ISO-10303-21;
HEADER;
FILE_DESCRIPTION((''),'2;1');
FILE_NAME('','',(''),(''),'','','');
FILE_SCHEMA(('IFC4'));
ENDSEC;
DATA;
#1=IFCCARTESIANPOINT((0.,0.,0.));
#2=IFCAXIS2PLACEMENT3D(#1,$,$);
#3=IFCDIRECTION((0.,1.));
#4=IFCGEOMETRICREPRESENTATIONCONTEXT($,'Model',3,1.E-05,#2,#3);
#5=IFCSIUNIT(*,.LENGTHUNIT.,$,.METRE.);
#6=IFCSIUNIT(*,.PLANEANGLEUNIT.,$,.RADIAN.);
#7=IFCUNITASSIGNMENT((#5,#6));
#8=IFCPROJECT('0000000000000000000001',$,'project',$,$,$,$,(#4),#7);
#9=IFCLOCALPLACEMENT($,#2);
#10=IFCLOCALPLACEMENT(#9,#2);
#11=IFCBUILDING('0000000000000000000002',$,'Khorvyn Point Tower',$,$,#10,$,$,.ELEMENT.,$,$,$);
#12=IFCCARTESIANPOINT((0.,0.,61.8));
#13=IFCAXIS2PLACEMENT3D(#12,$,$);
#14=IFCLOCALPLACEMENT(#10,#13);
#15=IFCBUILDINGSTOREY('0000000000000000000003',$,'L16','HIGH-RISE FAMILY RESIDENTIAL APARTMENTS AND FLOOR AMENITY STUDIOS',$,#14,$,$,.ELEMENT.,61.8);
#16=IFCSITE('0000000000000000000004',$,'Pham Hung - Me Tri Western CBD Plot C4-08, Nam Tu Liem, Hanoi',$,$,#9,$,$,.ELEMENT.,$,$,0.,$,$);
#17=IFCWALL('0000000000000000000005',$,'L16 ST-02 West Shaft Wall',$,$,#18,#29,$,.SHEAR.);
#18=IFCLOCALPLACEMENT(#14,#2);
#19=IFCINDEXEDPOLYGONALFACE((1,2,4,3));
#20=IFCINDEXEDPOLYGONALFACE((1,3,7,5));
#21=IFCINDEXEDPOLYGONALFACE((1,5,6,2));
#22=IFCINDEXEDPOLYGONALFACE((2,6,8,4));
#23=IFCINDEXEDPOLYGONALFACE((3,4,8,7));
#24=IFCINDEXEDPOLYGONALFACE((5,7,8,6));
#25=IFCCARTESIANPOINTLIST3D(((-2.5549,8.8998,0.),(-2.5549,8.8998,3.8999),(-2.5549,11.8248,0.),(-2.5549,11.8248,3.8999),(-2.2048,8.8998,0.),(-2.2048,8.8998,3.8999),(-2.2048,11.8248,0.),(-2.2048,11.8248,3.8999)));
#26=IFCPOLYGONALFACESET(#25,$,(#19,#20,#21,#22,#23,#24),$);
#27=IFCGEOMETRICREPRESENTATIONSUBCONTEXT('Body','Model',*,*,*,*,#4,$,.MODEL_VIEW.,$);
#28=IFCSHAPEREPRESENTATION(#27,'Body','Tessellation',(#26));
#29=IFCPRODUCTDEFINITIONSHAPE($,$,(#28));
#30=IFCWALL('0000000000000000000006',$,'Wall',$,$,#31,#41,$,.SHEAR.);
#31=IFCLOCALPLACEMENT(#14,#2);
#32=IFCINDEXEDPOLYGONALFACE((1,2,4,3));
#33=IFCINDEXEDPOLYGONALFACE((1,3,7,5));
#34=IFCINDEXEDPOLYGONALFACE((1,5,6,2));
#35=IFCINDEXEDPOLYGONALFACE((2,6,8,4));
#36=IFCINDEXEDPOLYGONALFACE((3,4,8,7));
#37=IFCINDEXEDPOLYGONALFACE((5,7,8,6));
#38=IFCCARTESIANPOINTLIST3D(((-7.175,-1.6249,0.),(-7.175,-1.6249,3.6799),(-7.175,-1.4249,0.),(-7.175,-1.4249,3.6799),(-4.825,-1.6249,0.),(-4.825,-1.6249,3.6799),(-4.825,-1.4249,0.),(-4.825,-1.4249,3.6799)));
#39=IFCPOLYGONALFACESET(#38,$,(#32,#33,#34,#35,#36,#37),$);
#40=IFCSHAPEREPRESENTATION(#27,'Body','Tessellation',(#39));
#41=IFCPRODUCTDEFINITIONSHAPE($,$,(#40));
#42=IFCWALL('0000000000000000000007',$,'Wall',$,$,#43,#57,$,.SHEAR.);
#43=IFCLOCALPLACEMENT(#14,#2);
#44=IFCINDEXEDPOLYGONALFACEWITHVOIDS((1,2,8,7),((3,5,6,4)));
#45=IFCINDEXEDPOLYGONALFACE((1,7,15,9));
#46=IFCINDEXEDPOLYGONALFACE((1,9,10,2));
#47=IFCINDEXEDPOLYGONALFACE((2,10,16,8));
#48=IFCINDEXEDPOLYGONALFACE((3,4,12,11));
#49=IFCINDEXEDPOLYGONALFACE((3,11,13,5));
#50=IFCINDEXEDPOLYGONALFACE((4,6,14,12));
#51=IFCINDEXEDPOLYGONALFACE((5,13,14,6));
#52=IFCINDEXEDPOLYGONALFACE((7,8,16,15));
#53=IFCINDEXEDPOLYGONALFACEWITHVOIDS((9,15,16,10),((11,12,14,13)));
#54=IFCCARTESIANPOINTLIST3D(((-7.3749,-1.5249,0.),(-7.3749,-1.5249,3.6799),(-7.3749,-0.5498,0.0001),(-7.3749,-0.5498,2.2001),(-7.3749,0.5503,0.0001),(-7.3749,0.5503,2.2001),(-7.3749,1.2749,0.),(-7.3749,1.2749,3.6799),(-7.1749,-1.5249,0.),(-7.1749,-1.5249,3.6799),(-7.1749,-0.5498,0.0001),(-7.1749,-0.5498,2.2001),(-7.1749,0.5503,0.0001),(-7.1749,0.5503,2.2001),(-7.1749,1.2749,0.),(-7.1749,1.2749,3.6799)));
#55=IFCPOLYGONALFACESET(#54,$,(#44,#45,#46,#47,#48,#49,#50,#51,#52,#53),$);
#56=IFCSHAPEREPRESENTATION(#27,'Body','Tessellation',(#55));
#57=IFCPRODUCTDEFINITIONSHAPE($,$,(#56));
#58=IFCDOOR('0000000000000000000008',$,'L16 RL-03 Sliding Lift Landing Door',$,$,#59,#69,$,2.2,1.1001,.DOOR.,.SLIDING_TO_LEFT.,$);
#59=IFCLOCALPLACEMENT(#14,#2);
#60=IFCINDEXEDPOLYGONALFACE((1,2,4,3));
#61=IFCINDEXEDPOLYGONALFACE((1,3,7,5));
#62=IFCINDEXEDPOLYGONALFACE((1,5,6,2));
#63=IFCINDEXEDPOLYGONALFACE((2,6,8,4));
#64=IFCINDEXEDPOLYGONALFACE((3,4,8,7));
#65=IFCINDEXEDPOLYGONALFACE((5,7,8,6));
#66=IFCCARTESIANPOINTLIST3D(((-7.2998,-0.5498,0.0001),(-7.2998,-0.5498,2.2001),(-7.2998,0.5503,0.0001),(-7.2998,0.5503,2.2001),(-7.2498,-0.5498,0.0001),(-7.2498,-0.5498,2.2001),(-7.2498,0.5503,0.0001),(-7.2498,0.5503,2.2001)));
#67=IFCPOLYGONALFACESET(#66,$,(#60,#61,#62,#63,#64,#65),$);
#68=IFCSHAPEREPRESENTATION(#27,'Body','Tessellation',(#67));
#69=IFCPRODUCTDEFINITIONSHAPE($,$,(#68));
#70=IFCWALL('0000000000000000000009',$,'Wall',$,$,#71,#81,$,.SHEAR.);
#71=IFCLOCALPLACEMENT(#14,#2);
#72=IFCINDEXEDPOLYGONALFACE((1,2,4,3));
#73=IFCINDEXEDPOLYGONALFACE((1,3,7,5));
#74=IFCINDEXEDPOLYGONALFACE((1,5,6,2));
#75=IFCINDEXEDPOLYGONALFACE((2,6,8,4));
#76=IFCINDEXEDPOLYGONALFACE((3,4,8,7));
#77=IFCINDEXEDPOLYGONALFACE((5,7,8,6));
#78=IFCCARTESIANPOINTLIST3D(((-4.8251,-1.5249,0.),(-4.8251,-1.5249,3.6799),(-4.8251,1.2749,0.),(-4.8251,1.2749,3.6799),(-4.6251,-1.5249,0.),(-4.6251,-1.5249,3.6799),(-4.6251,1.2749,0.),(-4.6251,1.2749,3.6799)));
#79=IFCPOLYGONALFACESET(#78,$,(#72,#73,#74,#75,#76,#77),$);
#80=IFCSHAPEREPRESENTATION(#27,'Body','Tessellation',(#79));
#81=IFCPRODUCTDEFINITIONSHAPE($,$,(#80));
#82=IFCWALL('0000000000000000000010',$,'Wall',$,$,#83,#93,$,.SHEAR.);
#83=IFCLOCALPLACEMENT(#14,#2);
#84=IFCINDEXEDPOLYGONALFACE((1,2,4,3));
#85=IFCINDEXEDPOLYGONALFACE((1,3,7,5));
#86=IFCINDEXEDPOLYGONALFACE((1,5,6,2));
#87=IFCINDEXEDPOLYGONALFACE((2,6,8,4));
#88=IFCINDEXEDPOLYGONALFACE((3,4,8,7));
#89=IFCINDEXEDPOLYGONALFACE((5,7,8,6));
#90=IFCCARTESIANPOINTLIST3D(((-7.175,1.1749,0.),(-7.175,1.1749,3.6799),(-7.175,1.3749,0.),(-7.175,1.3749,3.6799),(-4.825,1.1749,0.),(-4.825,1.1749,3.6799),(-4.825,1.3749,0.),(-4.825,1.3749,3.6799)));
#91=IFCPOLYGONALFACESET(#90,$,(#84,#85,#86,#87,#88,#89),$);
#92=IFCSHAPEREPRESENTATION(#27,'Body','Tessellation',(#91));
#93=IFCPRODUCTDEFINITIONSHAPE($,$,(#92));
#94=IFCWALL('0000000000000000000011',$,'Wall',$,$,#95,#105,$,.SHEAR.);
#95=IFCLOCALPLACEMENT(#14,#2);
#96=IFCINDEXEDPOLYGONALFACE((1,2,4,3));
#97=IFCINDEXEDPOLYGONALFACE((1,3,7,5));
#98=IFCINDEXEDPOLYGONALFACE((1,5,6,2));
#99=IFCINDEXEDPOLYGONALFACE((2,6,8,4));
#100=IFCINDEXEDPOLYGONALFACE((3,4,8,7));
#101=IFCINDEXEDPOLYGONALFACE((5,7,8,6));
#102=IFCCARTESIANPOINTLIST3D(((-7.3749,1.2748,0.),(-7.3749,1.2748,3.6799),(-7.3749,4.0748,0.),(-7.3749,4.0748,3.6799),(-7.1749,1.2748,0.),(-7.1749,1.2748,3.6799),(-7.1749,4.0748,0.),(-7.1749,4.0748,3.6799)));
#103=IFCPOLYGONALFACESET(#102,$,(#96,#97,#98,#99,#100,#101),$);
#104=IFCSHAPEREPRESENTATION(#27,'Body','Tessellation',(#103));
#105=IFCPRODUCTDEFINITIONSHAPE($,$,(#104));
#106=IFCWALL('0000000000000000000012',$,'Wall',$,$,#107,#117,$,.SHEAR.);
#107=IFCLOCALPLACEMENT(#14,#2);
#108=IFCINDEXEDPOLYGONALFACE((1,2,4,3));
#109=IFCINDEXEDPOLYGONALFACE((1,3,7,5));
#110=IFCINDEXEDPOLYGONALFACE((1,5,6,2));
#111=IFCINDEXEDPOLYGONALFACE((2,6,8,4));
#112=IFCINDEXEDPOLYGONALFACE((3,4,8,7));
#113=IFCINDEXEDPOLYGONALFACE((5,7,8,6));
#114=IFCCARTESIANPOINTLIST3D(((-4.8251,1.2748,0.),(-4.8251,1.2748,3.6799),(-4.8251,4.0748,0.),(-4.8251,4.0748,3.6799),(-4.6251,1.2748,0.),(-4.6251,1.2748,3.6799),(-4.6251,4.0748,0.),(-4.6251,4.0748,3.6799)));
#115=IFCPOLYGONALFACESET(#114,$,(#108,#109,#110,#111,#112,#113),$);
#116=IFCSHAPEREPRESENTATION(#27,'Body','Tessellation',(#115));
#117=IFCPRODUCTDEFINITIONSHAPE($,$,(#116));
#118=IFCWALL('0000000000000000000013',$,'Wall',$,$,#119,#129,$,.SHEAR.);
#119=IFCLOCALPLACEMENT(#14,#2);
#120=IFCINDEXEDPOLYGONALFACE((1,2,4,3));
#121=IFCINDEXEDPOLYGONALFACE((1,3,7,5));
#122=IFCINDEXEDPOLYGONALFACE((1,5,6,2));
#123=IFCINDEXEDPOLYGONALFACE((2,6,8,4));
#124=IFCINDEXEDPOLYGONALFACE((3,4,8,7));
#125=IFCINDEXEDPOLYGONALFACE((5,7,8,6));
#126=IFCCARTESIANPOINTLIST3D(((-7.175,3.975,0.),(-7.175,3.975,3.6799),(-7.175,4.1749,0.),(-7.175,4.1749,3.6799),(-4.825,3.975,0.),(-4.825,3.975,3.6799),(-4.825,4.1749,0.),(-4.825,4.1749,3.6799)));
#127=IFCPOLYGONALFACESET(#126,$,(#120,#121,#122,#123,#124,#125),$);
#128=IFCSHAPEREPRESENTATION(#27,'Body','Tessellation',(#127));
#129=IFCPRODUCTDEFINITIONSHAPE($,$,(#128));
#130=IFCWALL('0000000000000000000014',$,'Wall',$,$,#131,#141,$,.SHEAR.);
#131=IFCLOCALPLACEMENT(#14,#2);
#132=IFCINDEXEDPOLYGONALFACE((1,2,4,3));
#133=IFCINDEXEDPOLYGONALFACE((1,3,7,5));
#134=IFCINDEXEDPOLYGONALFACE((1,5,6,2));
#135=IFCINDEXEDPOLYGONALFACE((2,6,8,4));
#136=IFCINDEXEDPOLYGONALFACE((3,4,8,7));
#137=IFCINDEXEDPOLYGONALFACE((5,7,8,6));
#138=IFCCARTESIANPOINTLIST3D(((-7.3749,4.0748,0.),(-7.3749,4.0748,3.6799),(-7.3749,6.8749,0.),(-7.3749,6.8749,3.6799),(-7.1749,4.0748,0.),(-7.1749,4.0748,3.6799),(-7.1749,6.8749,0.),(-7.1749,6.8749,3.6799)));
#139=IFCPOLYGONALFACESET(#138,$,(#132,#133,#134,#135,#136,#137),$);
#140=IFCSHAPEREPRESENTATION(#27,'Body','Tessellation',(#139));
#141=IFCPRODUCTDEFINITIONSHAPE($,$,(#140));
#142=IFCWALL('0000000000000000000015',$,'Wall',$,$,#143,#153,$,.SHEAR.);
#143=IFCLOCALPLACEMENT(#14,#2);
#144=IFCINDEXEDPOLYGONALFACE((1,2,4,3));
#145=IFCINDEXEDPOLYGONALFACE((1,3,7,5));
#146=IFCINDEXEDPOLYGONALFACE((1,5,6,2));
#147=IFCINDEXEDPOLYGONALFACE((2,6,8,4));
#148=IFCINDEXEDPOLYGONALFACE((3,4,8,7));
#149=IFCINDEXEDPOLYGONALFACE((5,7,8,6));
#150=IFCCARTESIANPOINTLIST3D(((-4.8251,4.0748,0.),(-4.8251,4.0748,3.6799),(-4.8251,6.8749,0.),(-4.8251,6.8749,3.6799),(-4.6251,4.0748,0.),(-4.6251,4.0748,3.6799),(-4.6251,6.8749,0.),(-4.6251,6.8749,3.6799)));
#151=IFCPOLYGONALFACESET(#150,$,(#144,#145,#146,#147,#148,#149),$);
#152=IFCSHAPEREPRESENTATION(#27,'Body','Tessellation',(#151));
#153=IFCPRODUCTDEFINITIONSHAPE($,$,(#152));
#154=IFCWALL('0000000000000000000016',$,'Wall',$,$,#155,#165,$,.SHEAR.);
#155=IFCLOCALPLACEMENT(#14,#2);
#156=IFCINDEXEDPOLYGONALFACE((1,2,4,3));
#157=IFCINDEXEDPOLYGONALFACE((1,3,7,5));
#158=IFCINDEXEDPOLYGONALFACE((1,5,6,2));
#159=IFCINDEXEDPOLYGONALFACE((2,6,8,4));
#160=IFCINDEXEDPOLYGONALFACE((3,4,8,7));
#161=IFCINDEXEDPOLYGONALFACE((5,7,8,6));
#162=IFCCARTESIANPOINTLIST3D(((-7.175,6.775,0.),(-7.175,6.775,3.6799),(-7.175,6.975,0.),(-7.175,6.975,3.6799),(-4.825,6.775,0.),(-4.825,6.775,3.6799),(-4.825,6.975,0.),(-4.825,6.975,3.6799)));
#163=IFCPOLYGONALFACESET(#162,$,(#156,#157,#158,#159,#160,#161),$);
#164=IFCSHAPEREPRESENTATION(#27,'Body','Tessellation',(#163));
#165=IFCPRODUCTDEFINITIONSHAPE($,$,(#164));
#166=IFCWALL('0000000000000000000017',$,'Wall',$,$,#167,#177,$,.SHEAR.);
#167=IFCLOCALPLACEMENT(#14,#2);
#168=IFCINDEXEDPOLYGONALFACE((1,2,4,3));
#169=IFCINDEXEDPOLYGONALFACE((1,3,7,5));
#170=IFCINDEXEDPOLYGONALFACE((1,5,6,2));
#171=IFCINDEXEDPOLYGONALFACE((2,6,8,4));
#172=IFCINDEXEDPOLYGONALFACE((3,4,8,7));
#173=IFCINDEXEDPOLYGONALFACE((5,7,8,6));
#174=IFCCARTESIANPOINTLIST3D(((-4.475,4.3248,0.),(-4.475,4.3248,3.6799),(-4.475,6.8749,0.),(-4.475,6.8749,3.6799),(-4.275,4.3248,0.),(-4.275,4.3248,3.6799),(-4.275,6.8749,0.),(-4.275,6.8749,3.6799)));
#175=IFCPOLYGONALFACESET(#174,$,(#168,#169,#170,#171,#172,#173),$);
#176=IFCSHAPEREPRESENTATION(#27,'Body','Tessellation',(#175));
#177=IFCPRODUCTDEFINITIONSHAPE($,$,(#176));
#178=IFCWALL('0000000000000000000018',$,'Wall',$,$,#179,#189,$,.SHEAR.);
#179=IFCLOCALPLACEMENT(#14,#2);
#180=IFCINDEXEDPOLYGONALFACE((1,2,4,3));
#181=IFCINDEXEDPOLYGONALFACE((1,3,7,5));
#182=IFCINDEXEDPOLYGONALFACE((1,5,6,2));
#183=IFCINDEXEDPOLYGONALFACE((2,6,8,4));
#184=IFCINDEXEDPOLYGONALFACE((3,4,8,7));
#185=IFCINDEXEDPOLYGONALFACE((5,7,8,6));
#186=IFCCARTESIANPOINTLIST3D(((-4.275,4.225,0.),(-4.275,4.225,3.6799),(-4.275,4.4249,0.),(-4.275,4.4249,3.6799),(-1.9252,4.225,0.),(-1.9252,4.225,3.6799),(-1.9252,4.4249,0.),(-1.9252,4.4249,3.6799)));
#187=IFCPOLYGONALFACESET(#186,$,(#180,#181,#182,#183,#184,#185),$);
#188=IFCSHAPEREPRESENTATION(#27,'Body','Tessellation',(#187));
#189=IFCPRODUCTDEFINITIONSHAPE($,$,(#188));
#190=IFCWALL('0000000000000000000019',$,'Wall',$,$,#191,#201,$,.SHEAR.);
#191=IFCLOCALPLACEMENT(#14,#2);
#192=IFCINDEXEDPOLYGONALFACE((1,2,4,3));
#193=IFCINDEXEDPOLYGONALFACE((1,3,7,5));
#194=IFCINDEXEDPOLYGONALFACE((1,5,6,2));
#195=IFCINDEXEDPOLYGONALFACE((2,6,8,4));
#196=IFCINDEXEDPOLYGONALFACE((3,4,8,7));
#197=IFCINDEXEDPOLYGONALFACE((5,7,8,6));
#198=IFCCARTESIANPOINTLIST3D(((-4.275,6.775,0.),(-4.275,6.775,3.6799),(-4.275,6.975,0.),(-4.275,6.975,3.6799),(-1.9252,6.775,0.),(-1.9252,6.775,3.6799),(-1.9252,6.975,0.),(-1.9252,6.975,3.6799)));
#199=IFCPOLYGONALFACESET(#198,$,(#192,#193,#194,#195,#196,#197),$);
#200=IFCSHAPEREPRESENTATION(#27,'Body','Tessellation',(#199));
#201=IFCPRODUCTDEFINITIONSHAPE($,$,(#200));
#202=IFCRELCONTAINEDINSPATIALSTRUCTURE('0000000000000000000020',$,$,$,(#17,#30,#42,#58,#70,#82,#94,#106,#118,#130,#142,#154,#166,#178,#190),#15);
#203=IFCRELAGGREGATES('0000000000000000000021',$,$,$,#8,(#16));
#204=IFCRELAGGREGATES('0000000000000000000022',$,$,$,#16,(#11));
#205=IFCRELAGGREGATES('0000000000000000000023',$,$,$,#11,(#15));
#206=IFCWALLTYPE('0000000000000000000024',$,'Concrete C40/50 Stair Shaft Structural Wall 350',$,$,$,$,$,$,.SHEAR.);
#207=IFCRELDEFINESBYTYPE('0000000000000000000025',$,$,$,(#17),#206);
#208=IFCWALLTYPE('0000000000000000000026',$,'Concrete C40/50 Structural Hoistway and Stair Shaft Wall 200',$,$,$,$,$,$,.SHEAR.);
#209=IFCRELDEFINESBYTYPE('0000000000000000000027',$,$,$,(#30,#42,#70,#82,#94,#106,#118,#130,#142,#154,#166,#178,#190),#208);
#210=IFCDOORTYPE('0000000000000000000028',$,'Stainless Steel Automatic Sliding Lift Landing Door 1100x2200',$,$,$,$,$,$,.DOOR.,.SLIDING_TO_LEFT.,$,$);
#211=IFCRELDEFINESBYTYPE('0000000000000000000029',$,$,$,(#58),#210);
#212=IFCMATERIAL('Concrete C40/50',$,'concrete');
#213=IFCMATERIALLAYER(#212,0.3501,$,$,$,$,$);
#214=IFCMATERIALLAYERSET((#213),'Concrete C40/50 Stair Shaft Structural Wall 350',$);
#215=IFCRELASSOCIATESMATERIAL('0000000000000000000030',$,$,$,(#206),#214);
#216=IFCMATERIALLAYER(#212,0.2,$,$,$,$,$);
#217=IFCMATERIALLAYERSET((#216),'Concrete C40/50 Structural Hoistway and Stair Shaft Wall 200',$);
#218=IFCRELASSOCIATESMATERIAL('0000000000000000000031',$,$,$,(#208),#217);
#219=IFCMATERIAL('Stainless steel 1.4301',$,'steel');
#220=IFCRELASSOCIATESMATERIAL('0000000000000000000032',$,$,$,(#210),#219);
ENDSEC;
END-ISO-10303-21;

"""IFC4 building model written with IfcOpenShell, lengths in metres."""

from ifc_helpers import new_model, si_unit, direction, frame, frame_2d, origin, place, context, subcontext, project, spatial, rectangle, extrude, material, layer, layer_set, type_object, element, fill, save


model = new_model("IFC4")

# Units and contexts
model_context = context("Model", 3, precision=1e-05, world=origin(), true_north=direction((0.0, 1.0)))
body_context = subcontext(model_context, "Body", "Model", "MODEL_VIEW")
ifc_project = project(units=[si_unit("LENGTHUNIT", "METRE"), si_unit("PLANEANGLEUNIT", "RADIAN")], contexts=[model_context])

# Site, building, storey
site_placement = place(None, origin())
site = spatial("IfcSite", under=ifc_project, at=site_placement, Name="Pham Hung - Me Tri Western CBD Plot C4-08, Nam Tu Liem, Hanoi", CompositionType="ELEMENT", RefElevation=0.0)
building_placement = place(site_placement, origin())
building = spatial("IfcBuilding", under=site, at=building_placement, Name="Khorvyn Point Tower", CompositionType="ELEMENT")
storey_placement = place(building_placement, frame((0.0, 0.0, 61.8)))
storey = spatial("IfcBuildingStorey", under=building, at=storey_placement, Name="L16", Description="HIGH-RISE FAMILY RESIDENTIAL APARTMENTS AND FLOOR AMENITY STUDIOS", CompositionType="ELEMENT", Elevation=61.8)

# Shared definitions
ifc_material_1 = material(Name="Concrete C40/50", Category="concrete")

# Walls
ifc_layer_1 = layer(ifc_material_1, 0.3501)
ifc_layer_set_1 = layer_set([ifc_layer_1], Name="Concrete C40/50 Stair Shaft Structural Wall 350")
wall_type_1 = type_object("IfcWallType", Name="Concrete C40/50 Stair Shaft Structural Wall 350", PredefinedType="SHEAR", material=ifc_layer_set_1)
wall_1_placement = place(storey_placement, frame((-2.3799, 8.8999, 0.0), z_axis=(0.0, 0.0, 1.0), x_axis=(0.0, 1.0, 0.0)))
element("IfcWall", 1, at=wall_1_placement, inside=storey, type_object=wall_type_1, Name="L16 ST-02 West Shaft Wall", PredefinedType="SHEAR", context=body_context, shape_type="SweptSolid", body=[
    extrude(rectangle(XDim=2.925, YDim=0.3501, at=frame_2d((1.4624, 0.0))), origin(), (0.0, 0.0, 1.0), 3.8999),
])
ifc_layer_2 = layer(ifc_material_1, 0.2)
ifc_layer_set_2 = layer_set([ifc_layer_2], Name="Concrete C40/50 Structural Hoistway and Stair Shaft Wall 200")
wall_type_2 = type_object("IfcWallType", Name="Concrete C40/50 Structural Hoistway and Stair Shaft Wall 200", PredefinedType="SHEAR", material=ifc_layer_set_2)
wall_2_placement = place(storey_placement, frame((-7.175, -1.5249, 0.0), z_axis=(0.0, 0.0, 1.0), x_axis=(1.0, 0.0, 0.0)))
element("IfcWall", 2, at=wall_2_placement, inside=storey, type_object=wall_type_2, Name="Wall", PredefinedType="SHEAR", context=body_context, shape_type="SweptSolid", body=[
    extrude(rectangle(XDim=2.3501, YDim=0.2, at=frame_2d((1.175, 0.0))), origin(), (0.0, 0.0, 1.0), 3.6799),
])

# Wall, opening, door
wall_3_placement = place(storey_placement, frame((-7.2749, -1.5249, 0.0), z_axis=(0.0, 0.0, 1.0), x_axis=(0.0, 1.0, 0.0)))
wall_3 = element("IfcWall", 3, at=wall_3_placement, inside=storey, type_object=wall_type_2, Name="Wall", PredefinedType="SHEAR", context=body_context, shape_type="SweptSolid", body=[
    extrude(rectangle(XDim=2.7998, YDim=0.2, at=frame_2d((1.3999, 0.0))), origin(), (0.0, 0.0, 1.0), 3.6799),
])
opening_1_placement = place(wall_3_placement, frame((0.9751, 0.0, 0.0)))
opening_1 = element("IfcOpeningElement", 4, at=opening_1_placement, cuts=wall_3, PredefinedType="OPENING", context=body_context, shape_type="SweptSolid", body=[
    extrude(rectangle(XDim=1.1001, YDim=2.2, at=frame_2d((0.55, 1.1001))), frame((0.0, 0.1099, 0.0), z_axis=(0.0, -1.0, 0.0), x_axis=(1.0, 0.0, 0.0)), (0.0, 0.0, 1.0), 0.22),
])
ifc_material_2 = material(Name="Stainless steel 1.4301", Category="steel")
door_type_1 = type_object("IfcDoorType", Name="Stainless Steel Automatic Sliding Lift Landing Door 1100x2200", OperationType="SLIDING_TO_LEFT", PredefinedType="DOOR", material=ifc_material_2)
door_1_placement = place(opening_1_placement, origin())
door_1 = element("IfcDoor", 5, at=door_1_placement, inside=storey, type_object=door_type_1, Name="L16 RL-03 Sliding Lift Landing Door", OperationType="SLIDING_TO_LEFT", OverallHeight=2.2, OverallWidth=1.1001, PredefinedType="DOOR", context=body_context, shape_type="SweptSolid", body=[
    extrude(rectangle(XDim=1.1001, YDim=2.2, at=frame_2d((0.55, 1.1001))), frame((0.0, 0.0249, 0.0), z_axis=(0.0, -1.0, 0.0), x_axis=(1.0, 0.0, 0.0)), (0.0, 0.0, 1.0), 0.05),
])
fill(opening_1, door_1)

# Walls
wall_4_placement = place(storey_placement, frame((-4.7251, -1.5249, 0.0), z_axis=(0.0, 0.0, 1.0), x_axis=(0.0, 1.0, 0.0)))
element("IfcWall", 6, at=wall_4_placement, inside=storey, type_object=wall_type_2, Name="Wall", PredefinedType="SHEAR", context=body_context, shape_type="SweptSolid", body=[
    extrude(rectangle(XDim=2.7998, YDim=0.2, at=frame_2d((1.3999, 0.0))), origin(), (0.0, 0.0, 1.0), 3.6799),
])
wall_5_placement = place(storey_placement, frame((-7.175, 1.2749, 0.0), z_axis=(0.0, 0.0, 1.0), x_axis=(1.0, 0.0, 0.0)))
element("IfcWall", 7, at=wall_5_placement, inside=storey, type_object=wall_type_2, Name="Wall", PredefinedType="SHEAR", context=body_context, shape_type="SweptSolid", body=[
    extrude(rectangle(XDim=2.3501, YDim=0.2, at=frame_2d((1.175, 0.0))), origin(), (0.0, 0.0, 1.0), 3.6799),
])
for number, where, z_axis, x_axis, name in (
    (8, (-7.2749, 1.2749, 0.0), (0.0, 0.0, 1.0), (0.0, 1.0, 0.0), "Wall"),
    (9, (-4.7251, 1.2749, 0.0), (0.0, 0.0, 1.0), (0.0, 1.0, 0.0), "Wall"),
):
    element("IfcWall", number, at=place(storey_placement, frame(where, z_axis=z_axis, x_axis=x_axis)), inside=storey, type_object=wall_type_2, Name=name, PredefinedType="SHEAR", context=body_context, shape_type="SweptSolid", body=[
        extrude(rectangle(XDim=2.8, YDim=0.2, at=frame_2d((1.3999, 0.0))), origin(), (0.0, 0.0, 1.0), 3.6799),
    ])
wall_6_placement = place(storey_placement, frame((-7.175, 4.075, 0.0), z_axis=(0.0, 0.0, 1.0), x_axis=(1.0, 0.0, 0.0)))
element("IfcWall", 10, at=wall_6_placement, inside=storey, type_object=wall_type_2, Name="Wall", PredefinedType="SHEAR", context=body_context, shape_type="SweptSolid", body=[
    extrude(rectangle(XDim=2.3501, YDim=0.2, at=frame_2d((1.175, 0.0))), origin(), (0.0, 0.0, 1.0), 3.6799),
])
for number, where, z_axis, x_axis, name in (
    (11, (-7.2749, 4.075, 0.0), (0.0, 0.0, 1.0), (0.0, 1.0, 0.0), "Wall"),
    (12, (-4.7251, 4.075, 0.0), (0.0, 0.0, 1.0), (0.0, 1.0, 0.0), "Wall"),
):
    element("IfcWall", number, at=place(storey_placement, frame(where, z_axis=z_axis, x_axis=x_axis)), inside=storey, type_object=wall_type_2, Name=name, PredefinedType="SHEAR", context=body_context, shape_type="SweptSolid", body=[
        extrude(rectangle(XDim=2.8, YDim=0.2, at=frame_2d((1.3999, 0.0))), origin(), (0.0, 0.0, 1.0), 3.6799),
    ])
wall_7_placement = place(storey_placement, frame((-7.175, 6.875, 0.0), z_axis=(0.0, 0.0, 1.0), x_axis=(1.0, 0.0, 0.0)))
element("IfcWall", 13, at=wall_7_placement, inside=storey, type_object=wall_type_2, Name="Wall", PredefinedType="SHEAR", context=body_context, shape_type="SweptSolid", body=[
    extrude(rectangle(XDim=2.3501, YDim=0.2, at=frame_2d((1.175, 0.0))), origin(), (0.0, 0.0, 1.0), 3.6799),
])
wall_8_placement = place(storey_placement, frame((-4.375, 4.325, 0.0), z_axis=(0.0, 0.0, 1.0), x_axis=(0.0, 1.0, 0.0)))
element("IfcWall", 14, at=wall_8_placement, inside=storey, type_object=wall_type_2, Name="Wall", PredefinedType="SHEAR", context=body_context, shape_type="SweptSolid", body=[
    extrude(rectangle(XDim=2.55, YDim=0.2, at=frame_2d((1.2749, 0.0))), origin(), (0.0, 0.0, 1.0), 3.6799),
])
for number, where, z_axis, x_axis, name in (
    (15, (-4.2749, 4.325, 0.0), (0.0, 0.0, 1.0), (1.0, 0.0, 0.0), "Wall"),
    (16, (-4.2749, 6.875, 0.0), (0.0, 0.0, 1.0), (1.0, 0.0, 0.0), "Wall"),
):
    element("IfcWall", number, at=place(storey_placement, frame(where, z_axis=z_axis, x_axis=x_axis)), inside=storey, type_object=wall_type_2, Name=name, PredefinedType="SHEAR", context=body_context, shape_type="SweptSolid", body=[
        extrude(rectangle(XDim=2.3499, YDim=0.2, at=frame_2d((1.1748, 0.0))), origin(), (0.0, 0.0, 1.0), 3.6799),
    ])

save(model, "model.ifc")
